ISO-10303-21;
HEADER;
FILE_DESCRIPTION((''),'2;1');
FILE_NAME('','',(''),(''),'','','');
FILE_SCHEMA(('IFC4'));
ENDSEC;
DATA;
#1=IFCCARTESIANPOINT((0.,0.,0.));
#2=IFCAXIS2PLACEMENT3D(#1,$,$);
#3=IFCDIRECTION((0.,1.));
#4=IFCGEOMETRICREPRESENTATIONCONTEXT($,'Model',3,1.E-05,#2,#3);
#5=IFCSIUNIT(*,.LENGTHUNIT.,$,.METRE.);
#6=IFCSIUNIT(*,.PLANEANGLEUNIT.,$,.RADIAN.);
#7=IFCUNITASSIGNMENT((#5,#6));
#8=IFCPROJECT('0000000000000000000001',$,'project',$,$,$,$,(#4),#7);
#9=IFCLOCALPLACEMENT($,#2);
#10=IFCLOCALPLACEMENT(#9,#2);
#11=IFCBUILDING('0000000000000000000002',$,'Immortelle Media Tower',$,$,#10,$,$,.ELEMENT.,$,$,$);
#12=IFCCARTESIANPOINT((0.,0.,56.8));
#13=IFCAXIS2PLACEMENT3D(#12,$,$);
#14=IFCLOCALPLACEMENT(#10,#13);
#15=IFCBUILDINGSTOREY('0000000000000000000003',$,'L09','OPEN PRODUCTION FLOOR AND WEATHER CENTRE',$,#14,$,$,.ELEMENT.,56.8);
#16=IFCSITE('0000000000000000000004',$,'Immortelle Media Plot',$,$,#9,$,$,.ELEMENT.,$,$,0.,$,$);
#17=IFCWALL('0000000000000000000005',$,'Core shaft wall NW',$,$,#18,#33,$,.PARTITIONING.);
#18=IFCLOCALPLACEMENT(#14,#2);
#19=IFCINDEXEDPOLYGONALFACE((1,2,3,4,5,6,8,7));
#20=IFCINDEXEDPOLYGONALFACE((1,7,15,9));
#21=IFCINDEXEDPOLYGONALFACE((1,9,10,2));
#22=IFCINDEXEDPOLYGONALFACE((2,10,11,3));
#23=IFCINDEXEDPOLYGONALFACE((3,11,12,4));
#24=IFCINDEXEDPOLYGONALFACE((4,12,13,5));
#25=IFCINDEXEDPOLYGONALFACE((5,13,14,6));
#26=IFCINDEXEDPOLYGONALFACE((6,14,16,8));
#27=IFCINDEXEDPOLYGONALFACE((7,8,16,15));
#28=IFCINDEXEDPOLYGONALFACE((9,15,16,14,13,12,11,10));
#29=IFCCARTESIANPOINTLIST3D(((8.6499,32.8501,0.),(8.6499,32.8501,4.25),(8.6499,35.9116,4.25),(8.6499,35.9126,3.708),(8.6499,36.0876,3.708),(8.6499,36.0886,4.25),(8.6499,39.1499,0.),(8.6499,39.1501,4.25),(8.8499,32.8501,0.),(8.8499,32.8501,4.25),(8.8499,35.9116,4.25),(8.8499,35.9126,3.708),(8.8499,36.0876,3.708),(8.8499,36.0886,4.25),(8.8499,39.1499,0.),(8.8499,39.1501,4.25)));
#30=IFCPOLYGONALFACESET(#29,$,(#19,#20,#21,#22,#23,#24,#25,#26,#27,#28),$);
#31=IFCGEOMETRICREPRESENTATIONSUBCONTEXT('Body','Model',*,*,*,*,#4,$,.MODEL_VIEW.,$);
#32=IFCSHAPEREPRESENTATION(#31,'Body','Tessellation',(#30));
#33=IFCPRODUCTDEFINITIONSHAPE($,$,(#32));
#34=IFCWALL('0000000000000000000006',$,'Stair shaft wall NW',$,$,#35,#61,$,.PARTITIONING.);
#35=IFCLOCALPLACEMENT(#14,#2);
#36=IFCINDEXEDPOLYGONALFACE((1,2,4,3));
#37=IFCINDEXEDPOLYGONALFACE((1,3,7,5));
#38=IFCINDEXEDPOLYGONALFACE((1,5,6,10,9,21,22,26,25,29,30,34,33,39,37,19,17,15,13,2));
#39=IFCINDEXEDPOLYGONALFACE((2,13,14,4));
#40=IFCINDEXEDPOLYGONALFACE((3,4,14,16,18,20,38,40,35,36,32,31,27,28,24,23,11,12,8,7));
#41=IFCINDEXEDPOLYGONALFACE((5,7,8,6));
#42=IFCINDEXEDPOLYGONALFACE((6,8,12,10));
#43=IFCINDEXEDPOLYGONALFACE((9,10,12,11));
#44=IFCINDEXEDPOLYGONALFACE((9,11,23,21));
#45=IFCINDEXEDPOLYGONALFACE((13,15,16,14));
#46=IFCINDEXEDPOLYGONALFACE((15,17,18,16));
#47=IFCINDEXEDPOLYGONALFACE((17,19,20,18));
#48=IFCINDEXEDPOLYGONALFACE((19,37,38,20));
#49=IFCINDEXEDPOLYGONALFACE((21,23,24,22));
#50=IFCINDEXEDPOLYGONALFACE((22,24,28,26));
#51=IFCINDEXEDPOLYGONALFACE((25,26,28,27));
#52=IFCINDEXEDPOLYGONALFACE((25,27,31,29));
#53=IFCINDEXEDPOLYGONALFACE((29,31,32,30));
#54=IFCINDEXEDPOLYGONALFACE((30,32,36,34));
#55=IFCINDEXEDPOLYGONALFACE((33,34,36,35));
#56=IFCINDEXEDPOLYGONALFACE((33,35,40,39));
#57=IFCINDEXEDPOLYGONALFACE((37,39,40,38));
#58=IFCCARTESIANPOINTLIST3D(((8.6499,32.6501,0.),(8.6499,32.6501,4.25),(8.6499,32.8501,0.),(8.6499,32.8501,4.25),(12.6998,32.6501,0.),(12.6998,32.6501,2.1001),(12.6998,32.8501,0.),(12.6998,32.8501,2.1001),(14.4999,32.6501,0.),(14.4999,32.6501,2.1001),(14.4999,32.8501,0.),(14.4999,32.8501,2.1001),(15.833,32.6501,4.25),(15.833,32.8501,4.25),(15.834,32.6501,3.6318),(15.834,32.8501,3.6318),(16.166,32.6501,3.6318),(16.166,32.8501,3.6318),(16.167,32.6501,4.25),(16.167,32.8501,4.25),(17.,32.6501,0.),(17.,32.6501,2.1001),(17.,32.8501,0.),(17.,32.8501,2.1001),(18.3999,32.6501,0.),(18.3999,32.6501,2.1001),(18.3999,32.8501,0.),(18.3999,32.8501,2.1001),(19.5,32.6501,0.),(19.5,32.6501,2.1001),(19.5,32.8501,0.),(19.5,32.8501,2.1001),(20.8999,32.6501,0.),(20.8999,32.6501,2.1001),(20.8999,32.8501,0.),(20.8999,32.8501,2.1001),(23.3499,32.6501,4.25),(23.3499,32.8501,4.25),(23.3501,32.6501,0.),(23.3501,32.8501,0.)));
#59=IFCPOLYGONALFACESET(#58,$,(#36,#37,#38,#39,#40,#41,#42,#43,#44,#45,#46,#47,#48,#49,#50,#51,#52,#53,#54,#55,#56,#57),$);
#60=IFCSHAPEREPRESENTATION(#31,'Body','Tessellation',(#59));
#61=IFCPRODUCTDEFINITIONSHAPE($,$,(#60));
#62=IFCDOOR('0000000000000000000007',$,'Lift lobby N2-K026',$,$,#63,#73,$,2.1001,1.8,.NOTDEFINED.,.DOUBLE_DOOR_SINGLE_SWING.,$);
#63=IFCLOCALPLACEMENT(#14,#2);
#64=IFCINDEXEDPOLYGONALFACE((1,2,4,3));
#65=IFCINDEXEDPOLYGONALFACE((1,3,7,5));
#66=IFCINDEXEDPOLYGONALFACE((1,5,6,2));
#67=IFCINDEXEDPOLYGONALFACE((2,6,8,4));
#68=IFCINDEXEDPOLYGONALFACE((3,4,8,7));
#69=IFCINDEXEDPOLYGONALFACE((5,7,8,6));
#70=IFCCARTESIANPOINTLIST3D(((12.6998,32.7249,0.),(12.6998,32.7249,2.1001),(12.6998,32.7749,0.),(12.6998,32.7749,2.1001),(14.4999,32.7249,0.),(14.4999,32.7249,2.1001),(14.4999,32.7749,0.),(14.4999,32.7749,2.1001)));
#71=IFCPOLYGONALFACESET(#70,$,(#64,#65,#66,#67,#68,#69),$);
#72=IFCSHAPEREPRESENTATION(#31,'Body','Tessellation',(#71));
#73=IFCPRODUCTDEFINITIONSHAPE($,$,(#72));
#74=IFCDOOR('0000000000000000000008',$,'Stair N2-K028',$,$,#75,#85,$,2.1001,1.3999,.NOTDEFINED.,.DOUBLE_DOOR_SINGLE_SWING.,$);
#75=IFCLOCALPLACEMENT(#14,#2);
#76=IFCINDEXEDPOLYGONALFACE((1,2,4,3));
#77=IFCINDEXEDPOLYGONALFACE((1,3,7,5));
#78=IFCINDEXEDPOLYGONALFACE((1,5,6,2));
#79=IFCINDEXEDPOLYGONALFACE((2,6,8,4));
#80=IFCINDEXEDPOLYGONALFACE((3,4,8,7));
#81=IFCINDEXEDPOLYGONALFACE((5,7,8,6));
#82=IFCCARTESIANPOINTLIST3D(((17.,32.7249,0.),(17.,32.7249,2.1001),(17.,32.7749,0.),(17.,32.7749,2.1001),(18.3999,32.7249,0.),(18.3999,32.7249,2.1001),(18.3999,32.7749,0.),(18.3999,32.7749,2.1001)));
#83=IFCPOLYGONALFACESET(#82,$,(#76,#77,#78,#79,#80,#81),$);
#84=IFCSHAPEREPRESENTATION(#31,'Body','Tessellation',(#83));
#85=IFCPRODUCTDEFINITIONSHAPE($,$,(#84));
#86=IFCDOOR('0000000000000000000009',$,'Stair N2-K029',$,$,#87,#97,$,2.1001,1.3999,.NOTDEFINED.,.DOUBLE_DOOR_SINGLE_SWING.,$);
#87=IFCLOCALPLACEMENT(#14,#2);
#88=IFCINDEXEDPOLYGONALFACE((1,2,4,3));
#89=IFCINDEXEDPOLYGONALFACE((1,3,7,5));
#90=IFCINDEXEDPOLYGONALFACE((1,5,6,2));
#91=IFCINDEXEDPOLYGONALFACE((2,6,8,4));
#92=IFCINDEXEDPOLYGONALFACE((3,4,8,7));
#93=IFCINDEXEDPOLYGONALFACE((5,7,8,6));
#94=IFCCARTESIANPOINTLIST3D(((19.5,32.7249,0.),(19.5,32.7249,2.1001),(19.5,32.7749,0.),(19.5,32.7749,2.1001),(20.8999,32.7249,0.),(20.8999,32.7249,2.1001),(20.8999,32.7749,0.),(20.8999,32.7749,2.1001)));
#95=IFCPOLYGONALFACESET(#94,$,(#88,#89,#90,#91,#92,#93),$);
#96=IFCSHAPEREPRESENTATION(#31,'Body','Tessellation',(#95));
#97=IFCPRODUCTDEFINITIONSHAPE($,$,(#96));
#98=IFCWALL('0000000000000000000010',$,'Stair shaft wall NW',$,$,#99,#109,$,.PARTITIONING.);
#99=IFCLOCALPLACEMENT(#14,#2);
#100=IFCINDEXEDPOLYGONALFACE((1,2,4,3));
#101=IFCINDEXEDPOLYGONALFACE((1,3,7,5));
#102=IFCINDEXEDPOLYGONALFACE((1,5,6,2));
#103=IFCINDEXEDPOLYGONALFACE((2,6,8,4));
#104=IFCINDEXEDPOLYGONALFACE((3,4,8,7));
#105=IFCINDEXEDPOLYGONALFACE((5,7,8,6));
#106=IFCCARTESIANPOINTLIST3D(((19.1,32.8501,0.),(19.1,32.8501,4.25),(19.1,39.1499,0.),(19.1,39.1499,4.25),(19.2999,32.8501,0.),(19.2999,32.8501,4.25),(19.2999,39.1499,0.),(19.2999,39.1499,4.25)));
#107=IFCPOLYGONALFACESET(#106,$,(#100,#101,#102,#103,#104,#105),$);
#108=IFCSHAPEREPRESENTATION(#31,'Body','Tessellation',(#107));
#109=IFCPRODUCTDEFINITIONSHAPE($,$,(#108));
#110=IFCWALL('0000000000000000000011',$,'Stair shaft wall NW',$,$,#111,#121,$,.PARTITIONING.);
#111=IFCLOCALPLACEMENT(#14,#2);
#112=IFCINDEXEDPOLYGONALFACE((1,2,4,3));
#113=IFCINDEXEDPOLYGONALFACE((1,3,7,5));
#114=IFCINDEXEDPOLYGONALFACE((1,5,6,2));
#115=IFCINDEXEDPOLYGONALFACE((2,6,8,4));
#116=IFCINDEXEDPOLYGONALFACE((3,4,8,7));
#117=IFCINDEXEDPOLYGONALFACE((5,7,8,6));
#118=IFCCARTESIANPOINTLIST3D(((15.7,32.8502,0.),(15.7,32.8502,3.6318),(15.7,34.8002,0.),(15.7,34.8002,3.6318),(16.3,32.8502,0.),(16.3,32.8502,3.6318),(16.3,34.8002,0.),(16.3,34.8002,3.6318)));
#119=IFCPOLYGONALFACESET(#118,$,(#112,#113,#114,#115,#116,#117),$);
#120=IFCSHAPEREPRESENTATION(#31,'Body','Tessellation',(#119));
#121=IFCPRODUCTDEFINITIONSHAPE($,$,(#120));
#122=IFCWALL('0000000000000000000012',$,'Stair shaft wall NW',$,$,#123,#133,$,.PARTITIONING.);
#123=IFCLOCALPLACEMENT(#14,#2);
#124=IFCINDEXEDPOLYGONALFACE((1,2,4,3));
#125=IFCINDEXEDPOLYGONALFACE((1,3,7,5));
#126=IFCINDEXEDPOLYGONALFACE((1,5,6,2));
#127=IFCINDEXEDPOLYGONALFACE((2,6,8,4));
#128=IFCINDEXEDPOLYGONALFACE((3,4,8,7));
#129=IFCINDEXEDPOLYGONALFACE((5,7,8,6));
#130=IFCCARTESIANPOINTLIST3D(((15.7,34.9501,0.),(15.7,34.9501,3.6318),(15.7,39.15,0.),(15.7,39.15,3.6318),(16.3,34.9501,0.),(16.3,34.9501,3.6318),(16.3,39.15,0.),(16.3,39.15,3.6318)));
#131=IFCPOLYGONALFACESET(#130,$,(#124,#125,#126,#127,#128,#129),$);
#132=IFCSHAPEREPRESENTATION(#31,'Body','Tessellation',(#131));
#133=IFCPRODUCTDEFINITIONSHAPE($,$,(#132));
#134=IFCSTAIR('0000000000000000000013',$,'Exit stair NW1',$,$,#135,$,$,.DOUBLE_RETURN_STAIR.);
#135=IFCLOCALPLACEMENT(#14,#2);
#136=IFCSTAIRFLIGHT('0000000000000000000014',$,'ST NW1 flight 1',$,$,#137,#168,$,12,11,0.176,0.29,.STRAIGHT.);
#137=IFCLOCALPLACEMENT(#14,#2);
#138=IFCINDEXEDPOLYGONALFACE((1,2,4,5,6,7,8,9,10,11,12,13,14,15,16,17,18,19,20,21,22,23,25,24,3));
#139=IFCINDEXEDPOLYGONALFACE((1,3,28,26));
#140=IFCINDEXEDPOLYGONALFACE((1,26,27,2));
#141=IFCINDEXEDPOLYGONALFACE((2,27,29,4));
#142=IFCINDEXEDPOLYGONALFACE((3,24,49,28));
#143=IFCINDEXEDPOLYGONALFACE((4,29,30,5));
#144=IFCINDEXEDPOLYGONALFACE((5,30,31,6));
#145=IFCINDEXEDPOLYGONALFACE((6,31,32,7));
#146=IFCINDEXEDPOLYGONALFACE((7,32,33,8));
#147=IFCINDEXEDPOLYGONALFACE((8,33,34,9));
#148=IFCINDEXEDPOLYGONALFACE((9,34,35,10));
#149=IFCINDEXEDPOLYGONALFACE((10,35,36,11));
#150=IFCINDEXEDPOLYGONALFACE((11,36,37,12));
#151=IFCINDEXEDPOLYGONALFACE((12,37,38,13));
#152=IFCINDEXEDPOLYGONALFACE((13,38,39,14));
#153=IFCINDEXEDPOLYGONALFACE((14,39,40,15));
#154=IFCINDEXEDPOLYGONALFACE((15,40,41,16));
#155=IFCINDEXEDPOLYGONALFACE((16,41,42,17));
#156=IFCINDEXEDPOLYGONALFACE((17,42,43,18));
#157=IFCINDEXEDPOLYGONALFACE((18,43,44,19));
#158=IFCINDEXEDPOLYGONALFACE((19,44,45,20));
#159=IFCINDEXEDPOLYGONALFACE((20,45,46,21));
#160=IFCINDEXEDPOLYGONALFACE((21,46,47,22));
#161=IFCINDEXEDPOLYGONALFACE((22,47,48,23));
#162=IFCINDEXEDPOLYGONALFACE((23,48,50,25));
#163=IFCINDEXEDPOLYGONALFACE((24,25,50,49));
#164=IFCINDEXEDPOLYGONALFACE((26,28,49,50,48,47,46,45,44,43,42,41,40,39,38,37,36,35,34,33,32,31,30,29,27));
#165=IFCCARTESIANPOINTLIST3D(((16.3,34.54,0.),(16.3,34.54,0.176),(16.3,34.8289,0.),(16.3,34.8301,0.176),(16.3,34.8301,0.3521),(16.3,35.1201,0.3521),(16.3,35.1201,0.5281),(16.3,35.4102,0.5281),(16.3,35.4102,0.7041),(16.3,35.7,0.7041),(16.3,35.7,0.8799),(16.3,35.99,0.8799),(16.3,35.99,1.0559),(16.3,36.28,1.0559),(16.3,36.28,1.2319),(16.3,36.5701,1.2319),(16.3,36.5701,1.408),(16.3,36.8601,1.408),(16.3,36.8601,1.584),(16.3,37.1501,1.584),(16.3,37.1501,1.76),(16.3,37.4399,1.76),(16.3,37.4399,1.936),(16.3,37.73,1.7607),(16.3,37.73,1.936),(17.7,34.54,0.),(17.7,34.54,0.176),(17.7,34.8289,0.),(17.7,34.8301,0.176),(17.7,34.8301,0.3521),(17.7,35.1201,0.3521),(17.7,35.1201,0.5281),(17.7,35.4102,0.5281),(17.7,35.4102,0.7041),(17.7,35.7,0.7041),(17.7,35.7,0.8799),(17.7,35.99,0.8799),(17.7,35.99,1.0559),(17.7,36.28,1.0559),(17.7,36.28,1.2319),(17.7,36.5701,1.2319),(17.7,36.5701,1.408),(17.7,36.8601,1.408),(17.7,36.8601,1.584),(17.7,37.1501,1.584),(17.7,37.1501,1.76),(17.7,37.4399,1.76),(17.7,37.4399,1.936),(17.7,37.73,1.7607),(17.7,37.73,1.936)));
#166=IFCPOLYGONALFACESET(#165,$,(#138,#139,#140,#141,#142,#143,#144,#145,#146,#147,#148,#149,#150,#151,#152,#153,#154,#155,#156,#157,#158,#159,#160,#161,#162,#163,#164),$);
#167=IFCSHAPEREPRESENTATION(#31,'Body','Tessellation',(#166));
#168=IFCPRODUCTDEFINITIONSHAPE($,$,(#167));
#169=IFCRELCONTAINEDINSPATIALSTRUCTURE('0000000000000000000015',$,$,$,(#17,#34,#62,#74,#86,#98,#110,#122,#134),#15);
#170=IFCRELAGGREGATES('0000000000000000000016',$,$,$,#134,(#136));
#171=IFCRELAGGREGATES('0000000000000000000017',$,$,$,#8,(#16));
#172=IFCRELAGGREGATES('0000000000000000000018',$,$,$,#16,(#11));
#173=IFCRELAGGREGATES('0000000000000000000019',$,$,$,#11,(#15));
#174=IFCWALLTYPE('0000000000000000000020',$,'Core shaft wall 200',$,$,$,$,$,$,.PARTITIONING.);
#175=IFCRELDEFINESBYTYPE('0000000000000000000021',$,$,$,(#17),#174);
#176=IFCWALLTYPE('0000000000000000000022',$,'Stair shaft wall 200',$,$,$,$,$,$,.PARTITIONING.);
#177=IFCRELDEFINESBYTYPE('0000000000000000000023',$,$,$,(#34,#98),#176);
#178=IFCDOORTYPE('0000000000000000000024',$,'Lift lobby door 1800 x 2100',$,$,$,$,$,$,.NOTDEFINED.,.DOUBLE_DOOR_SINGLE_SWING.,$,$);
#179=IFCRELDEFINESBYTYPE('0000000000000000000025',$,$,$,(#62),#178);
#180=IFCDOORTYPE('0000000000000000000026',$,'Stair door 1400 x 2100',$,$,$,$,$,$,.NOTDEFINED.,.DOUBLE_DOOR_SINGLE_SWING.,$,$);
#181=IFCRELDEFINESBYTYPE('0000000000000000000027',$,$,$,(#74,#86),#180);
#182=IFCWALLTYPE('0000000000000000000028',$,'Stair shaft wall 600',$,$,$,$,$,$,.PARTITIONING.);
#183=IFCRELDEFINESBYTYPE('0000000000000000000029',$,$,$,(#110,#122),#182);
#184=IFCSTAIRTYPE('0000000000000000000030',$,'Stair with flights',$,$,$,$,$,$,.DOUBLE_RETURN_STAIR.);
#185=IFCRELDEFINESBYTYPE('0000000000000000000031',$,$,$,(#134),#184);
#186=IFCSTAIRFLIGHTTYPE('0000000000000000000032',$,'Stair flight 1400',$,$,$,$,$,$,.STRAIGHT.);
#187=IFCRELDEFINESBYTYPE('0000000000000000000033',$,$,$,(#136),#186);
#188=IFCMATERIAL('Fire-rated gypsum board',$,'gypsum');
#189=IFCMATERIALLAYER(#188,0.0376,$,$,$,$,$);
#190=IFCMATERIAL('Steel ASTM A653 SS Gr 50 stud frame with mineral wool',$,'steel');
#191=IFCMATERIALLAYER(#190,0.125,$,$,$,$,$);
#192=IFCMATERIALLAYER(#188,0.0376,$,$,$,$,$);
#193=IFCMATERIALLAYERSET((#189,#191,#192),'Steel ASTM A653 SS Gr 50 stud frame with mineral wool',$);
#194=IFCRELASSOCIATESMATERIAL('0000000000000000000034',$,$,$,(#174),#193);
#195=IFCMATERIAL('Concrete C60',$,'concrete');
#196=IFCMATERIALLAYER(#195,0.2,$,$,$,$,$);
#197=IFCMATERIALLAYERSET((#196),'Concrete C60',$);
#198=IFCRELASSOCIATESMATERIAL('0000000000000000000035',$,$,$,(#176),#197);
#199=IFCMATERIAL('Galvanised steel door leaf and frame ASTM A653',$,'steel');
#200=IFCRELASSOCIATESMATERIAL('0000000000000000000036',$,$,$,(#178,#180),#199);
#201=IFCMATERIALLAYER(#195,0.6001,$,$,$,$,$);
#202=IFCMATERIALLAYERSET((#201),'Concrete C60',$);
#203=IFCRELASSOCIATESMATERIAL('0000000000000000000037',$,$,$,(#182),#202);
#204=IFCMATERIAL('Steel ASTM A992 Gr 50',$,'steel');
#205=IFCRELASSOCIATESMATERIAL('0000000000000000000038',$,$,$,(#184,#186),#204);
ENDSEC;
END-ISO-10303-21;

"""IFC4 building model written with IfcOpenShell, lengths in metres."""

from ifc_helpers import new_model, si_unit, direction, frame, frame_2d, origin, place, context, subcontext, project, spatial, polyline, rectangle, outline, extrude, material, layer, layer_set, type_object, element, fill, aggregate, save


model = new_model("IFC4")

# Units and contexts
model_context = context("Model", 3, precision=1e-05, world=origin(), true_north=direction((0.0, 1.0)))
body_context = subcontext(model_context, "Body", "Model", "MODEL_VIEW")
ifc_project = project(units=[si_unit("LENGTHUNIT", "METRE"), si_unit("PLANEANGLEUNIT", "RADIAN")], contexts=[model_context])

# Site, building, storey
site_placement = place(None, origin())
site = spatial("IfcSite", under=ifc_project, at=site_placement, Name="Immortelle Media Plot", CompositionType="ELEMENT", RefElevation=0.0)
building_placement = place(site_placement, origin())
building = spatial("IfcBuilding", under=site, at=building_placement, Name="Immortelle Media Tower", CompositionType="ELEMENT")
storey_placement = place(building_placement, frame((0.0, 0.0, 56.8)))
storey = spatial("IfcBuildingStorey", under=building, at=storey_placement, Name="L09", Description="OPEN PRODUCTION FLOOR AND WEATHER CENTRE", CompositionType="ELEMENT", Elevation=56.8)

# Shared definitions
ifc_material_1 = material(Name="Fire-rated gypsum board", Category="gypsum")
ifc_material_2 = material(Name="Steel ASTM A653 SS Gr 50 stud frame with mineral wool", Category="steel")
ifc_material_3 = material(Name="Galvanised steel door leaf and frame ASTM A653", Category="steel")

# Wall
ifc_layer_1 = layer(ifc_material_1, 0.0376)
ifc_layer_2 = layer(ifc_material_2, 0.125)
ifc_layer_3 = layer(ifc_material_1, 0.0376)
ifc_layer_set_1 = layer_set([ifc_layer_1, ifc_layer_2, ifc_layer_3], Name="Steel ASTM A653 SS Gr 50 stud frame with mineral wool")
wall_type_1 = type_object("IfcWallType", Name="Core shaft wall 200", PredefinedType="PARTITIONING", material=ifc_layer_set_1)
wall_1_placement = place(storey_placement, frame((8.75, 32.8501, 0.0), z_axis=(0.0, 0.0, 1.0), x_axis=(0.0, 1.0, 0.0)))
element("IfcWall", 1, at=wall_1_placement, inside=storey, type_object=wall_type_1, Name="Core shaft wall NW", PredefinedType="PARTITIONING", context=body_context, shape_type="SweptSolid", body=[
    extrude(outline(polyline([(0.0, 0.0), (6.2998, 0.0), (6.3, 4.25), (3.2385, 4.25), (3.2375, 3.708), (3.0625, 3.708), (3.0615, 4.25), (0.0, 4.25), (0.0, 0.0)])), frame((0.0, 0.1001, 0.0), z_axis=(0.0, -1.0, 0.0), x_axis=(1.0, 0.0, 0.0)), (0.0, 0.0, 1.0), 0.2),
])

# Wall, openings, doors
ifc_material_4 = material(Name="Concrete C60", Category="concrete")
ifc_layer_4 = layer(ifc_material_4, 0.2)
ifc_layer_set_2 = layer_set([ifc_layer_4], Name="Concrete C60")
wall_type_2 = type_object("IfcWallType", Name="Stair shaft wall 200", PredefinedType="PARTITIONING", material=ifc_layer_set_2)
wall_2_placement = place(storey_placement, frame((8.6499, 32.75, 0.0), z_axis=(0.0, 0.0, 1.0), x_axis=(1.0, 0.0, 0.0)))
wall_2 = element("IfcWall", 2, at=wall_2_placement, inside=storey, type_object=wall_type_2, Name="Stair shaft wall NW", PredefinedType="PARTITIONING", context=body_context, shape_type="SweptSolid", body=[
    extrude(outline(polyline([(0.0, 0.0), (14.7002, 0.0), (14.7, 4.25), (7.5171, 4.25), (7.5161, 3.6318), (7.1841, 3.6318), (7.1831, 4.25), (0.0, 4.25), (0.0, 0.0)])), frame((0.0, 0.1001, 0.0), z_axis=(0.0, -1.0, 0.0), x_axis=(1.0, 0.0, 0.0)), (0.0, 0.0, 1.0), 0.2),
])
opening_1_placement = place(wall_2_placement, frame((4.05, 0.0, 0.0)))
opening_1 = element("IfcOpeningElement", 3, at=opening_1_placement, cuts=wall_2, PredefinedType="OPENING", context=body_context, shape_type="SweptSolid", body=[
    extrude(rectangle(XDim=1.8, YDim=2.1001, at=frame_2d((0.8999, 1.05))), frame((0.0, 0.1099, 0.0), z_axis=(0.0, -1.0, 0.0), x_axis=(1.0, 0.0, 0.0)), (0.0, 0.0, 1.0), 0.22),
])
opening_2_placement = place(wall_2_placement, frame((8.3501, 0.0, 0.0)))
opening_2 = element("IfcOpeningElement", 4, at=opening_2_placement, cuts=wall_2, PredefinedType="OPENING", context=body_context, shape_type="SweptSolid", body=[
    extrude(rectangle(XDim=1.3999, YDim=2.1001, at=frame_2d((0.7, 1.05))), frame((0.0, 0.1099, 0.0), z_axis=(0.0, -1.0, 0.0), x_axis=(1.0, 0.0, 0.0)), (0.0, 0.0, 1.0), 0.22),
])
opening_3_placement = place(wall_2_placement, frame((10.8501, 0.0, 0.0)))
opening_3 = element("IfcOpeningElement", 5, at=opening_3_placement, cuts=wall_2, PredefinedType="OPENING", context=body_context, shape_type="SweptSolid", body=[
    extrude(rectangle(XDim=1.3999, YDim=2.1001, at=frame_2d((0.7, 1.05))), frame((0.0, 0.1099, 0.0), z_axis=(0.0, -1.0, 0.0), x_axis=(1.0, 0.0, 0.0)), (0.0, 0.0, 1.0), 0.22),
])
door_type_1 = type_object("IfcDoorType", Name="Lift lobby door 1800 x 2100", OperationType="DOUBLE_DOOR_SINGLE_SWING", PredefinedType="NOTDEFINED", material=ifc_material_3)
door_1_placement = place(opening_1_placement, origin())
door_1 = element("IfcDoor", 6, at=door_1_placement, inside=storey, type_object=door_type_1, Name="Lift lobby N2-K026", OperationType="DOUBLE_DOOR_SINGLE_SWING", OverallHeight=2.1001, OverallWidth=1.8, PredefinedType="NOTDEFINED", context=body_context, shape_type="SweptSolid", body=[
    extrude(rectangle(XDim=1.8, YDim=2.1001, at=frame_2d((0.8999, 1.05))), frame((0.0, 0.0249, 0.0), z_axis=(0.0, -1.0, 0.0), x_axis=(1.0, 0.0, 0.0)), (0.0, 0.0, 1.0), 0.05),
])
fill(opening_1, door_1)
door_type_2 = type_object("IfcDoorType", Name="Stair door 1400 x 2100", OperationType="DOUBLE_DOOR_SINGLE_SWING", PredefinedType="NOTDEFINED", material=ifc_material_3)
door_2_placement = place(opening_2_placement, origin())
door_2 = element("IfcDoor", 7, at=door_2_placement, inside=storey, type_object=door_type_2, Name="Stair N2-K028", OperationType="DOUBLE_DOOR_SINGLE_SWING", OverallHeight=2.1001, OverallWidth=1.3999, PredefinedType="NOTDEFINED", context=body_context, shape_type="SweptSolid", body=[
    extrude(rectangle(XDim=1.3999, YDim=2.1001, at=frame_2d((0.7, 1.05))), frame((0.0, 0.0249, 0.0), z_axis=(0.0, -1.0, 0.0), x_axis=(1.0, 0.0, 0.0)), (0.0, 0.0, 1.0), 0.05),
])
fill(opening_2, door_2)
door_3_placement = place(opening_3_placement, origin())
door_3 = element("IfcDoor", 8, at=door_3_placement, inside=storey, type_object=door_type_2, Name="Stair N2-K029", OperationType="DOUBLE_DOOR_SINGLE_SWING", OverallHeight=2.1001, OverallWidth=1.3999, PredefinedType="NOTDEFINED", context=body_context, shape_type="SweptSolid", body=[
    extrude(rectangle(XDim=1.3999, YDim=2.1001, at=frame_2d((0.7, 1.05))), frame((0.0, 0.0249, 0.0), z_axis=(0.0, -1.0, 0.0), x_axis=(1.0, 0.0, 0.0)), (0.0, 0.0, 1.0), 0.05),
])
fill(opening_3, door_3)

# Walls
wall_3_placement = place(storey_placement, frame((19.2, 32.8501, 0.0), z_axis=(0.0, 0.0, 1.0), x_axis=(0.0, 1.0, 0.0)))
element("IfcWall", 9, at=wall_3_placement, inside=storey, type_object=wall_type_2, Name="Stair shaft wall NW", PredefinedType="PARTITIONING", context=body_context, shape_type="SweptSolid", body=[
    extrude(rectangle(XDim=6.2998, YDim=0.2, at=frame_2d((3.1499, 0.0))), origin(), (0.0, 0.0, 1.0), 4.25),
])
ifc_layer_5 = layer(ifc_material_4, 0.6001)
ifc_layer_set_3 = layer_set([ifc_layer_5], Name="Concrete C60")
wall_type_3 = type_object("IfcWallType", Name="Stair shaft wall 600", PredefinedType="PARTITIONING", material=ifc_layer_set_3)
wall_4_placement = place(storey_placement, frame((16.0, 32.8501, 0.0), z_axis=(0.0, 0.0, 1.0), x_axis=(0.0, 1.0, 0.0)))
element("IfcWall", 10, at=wall_4_placement, inside=storey, type_object=wall_type_3, Name="Stair shaft wall NW", PredefinedType="PARTITIONING", context=body_context, shape_type="SweptSolid", body=[
    extrude(rectangle(XDim=1.95, YDim=0.6001, at=frame_2d((0.9751, 0.0))), origin(), (0.0, 0.0, 1.0), 3.6318),
])
wall_5_placement = place(storey_placement, frame((16.0, 34.95, 0.0), z_axis=(0.0, 0.0, 1.0), x_axis=(0.0, 1.0, 0.0)))
element("IfcWall", 11, at=wall_5_placement, inside=storey, type_object=wall_type_3, Name="Stair shaft wall NW", PredefinedType="PARTITIONING", context=body_context, shape_type="SweptSolid", body=[
    extrude(rectangle(XDim=4.2, YDim=0.6001, at=frame_2d((2.1001, 0.0))), origin(), (0.0, 0.0, 1.0), 3.6318),
])

# Stair, stair flight
ifc_material_5 = material(Name="Steel ASTM A992 Gr 50", Category="steel")
stair_type = type_object("IfcStairType", Name="Stair with flights", PredefinedType="DOUBLE_RETURN_STAIR", material=ifc_material_5)
stair_1_placement = place(storey_placement, origin())
stair_1 = element("IfcStair", 12, at=stair_1_placement, inside=storey, type_object=stair_type, Name="Exit stair NW1", PredefinedType="DOUBLE_RETURN_STAIR")
stair_flight_type = type_object("IfcStairFlightType", Name="Stair flight 1400", PredefinedType="STRAIGHT", material=ifc_material_5)
stair_flight_1_placement = place(storey_placement, frame((17.0, 34.54, 0.0), z_axis=(0.0, 0.0, 1.0), x_axis=(0.0, 1.0, 0.0)))
stair_flight_1 = element("IfcStairFlight", 13, at=stair_flight_1_placement, type_object=stair_flight_type, Name="ST NW1 flight 1", NumberOfRisers=12, NumberOfTreads=11, PredefinedType="STRAIGHT", RiserHeight=0.176, TreadLength=0.29, context=body_context, shape_type="SweptSolid", body=[
    extrude(outline(polyline([(0.0, 0.0), (0.0, 0.176), (0.29, 0.176), (0.29, 0.3521), (0.5801, 0.3521), (0.5801, 0.5281), (0.8701, 0.5281), (0.8701, 0.7041), (1.1599, 0.7041), (1.1599, 0.8799), (1.45, 0.8799), (1.45, 1.0559), (1.74, 1.0559), (1.74, 1.2319), (2.03, 1.2319), (2.03, 1.408), (2.3201, 1.408), (2.3201, 1.584), (2.6101, 1.584), (2.6101, 1.76), (2.8999, 1.76), (2.8999, 1.936), (3.1899, 1.936), (3.1899, 2.1121), (3.1899, 1.7607), (0.2888, 0.0), (0.0, 0.0)])), frame((0.0, 0.7, 0.0), z_axis=(0.0, -1.0, 0.0), x_axis=(1.0, 0.0, 0.0)), (0.0, 0.0, 1.0), 1.3999),
])
aggregate(stair_1, [stair_flight_1])

save(model, "model.ifc")
